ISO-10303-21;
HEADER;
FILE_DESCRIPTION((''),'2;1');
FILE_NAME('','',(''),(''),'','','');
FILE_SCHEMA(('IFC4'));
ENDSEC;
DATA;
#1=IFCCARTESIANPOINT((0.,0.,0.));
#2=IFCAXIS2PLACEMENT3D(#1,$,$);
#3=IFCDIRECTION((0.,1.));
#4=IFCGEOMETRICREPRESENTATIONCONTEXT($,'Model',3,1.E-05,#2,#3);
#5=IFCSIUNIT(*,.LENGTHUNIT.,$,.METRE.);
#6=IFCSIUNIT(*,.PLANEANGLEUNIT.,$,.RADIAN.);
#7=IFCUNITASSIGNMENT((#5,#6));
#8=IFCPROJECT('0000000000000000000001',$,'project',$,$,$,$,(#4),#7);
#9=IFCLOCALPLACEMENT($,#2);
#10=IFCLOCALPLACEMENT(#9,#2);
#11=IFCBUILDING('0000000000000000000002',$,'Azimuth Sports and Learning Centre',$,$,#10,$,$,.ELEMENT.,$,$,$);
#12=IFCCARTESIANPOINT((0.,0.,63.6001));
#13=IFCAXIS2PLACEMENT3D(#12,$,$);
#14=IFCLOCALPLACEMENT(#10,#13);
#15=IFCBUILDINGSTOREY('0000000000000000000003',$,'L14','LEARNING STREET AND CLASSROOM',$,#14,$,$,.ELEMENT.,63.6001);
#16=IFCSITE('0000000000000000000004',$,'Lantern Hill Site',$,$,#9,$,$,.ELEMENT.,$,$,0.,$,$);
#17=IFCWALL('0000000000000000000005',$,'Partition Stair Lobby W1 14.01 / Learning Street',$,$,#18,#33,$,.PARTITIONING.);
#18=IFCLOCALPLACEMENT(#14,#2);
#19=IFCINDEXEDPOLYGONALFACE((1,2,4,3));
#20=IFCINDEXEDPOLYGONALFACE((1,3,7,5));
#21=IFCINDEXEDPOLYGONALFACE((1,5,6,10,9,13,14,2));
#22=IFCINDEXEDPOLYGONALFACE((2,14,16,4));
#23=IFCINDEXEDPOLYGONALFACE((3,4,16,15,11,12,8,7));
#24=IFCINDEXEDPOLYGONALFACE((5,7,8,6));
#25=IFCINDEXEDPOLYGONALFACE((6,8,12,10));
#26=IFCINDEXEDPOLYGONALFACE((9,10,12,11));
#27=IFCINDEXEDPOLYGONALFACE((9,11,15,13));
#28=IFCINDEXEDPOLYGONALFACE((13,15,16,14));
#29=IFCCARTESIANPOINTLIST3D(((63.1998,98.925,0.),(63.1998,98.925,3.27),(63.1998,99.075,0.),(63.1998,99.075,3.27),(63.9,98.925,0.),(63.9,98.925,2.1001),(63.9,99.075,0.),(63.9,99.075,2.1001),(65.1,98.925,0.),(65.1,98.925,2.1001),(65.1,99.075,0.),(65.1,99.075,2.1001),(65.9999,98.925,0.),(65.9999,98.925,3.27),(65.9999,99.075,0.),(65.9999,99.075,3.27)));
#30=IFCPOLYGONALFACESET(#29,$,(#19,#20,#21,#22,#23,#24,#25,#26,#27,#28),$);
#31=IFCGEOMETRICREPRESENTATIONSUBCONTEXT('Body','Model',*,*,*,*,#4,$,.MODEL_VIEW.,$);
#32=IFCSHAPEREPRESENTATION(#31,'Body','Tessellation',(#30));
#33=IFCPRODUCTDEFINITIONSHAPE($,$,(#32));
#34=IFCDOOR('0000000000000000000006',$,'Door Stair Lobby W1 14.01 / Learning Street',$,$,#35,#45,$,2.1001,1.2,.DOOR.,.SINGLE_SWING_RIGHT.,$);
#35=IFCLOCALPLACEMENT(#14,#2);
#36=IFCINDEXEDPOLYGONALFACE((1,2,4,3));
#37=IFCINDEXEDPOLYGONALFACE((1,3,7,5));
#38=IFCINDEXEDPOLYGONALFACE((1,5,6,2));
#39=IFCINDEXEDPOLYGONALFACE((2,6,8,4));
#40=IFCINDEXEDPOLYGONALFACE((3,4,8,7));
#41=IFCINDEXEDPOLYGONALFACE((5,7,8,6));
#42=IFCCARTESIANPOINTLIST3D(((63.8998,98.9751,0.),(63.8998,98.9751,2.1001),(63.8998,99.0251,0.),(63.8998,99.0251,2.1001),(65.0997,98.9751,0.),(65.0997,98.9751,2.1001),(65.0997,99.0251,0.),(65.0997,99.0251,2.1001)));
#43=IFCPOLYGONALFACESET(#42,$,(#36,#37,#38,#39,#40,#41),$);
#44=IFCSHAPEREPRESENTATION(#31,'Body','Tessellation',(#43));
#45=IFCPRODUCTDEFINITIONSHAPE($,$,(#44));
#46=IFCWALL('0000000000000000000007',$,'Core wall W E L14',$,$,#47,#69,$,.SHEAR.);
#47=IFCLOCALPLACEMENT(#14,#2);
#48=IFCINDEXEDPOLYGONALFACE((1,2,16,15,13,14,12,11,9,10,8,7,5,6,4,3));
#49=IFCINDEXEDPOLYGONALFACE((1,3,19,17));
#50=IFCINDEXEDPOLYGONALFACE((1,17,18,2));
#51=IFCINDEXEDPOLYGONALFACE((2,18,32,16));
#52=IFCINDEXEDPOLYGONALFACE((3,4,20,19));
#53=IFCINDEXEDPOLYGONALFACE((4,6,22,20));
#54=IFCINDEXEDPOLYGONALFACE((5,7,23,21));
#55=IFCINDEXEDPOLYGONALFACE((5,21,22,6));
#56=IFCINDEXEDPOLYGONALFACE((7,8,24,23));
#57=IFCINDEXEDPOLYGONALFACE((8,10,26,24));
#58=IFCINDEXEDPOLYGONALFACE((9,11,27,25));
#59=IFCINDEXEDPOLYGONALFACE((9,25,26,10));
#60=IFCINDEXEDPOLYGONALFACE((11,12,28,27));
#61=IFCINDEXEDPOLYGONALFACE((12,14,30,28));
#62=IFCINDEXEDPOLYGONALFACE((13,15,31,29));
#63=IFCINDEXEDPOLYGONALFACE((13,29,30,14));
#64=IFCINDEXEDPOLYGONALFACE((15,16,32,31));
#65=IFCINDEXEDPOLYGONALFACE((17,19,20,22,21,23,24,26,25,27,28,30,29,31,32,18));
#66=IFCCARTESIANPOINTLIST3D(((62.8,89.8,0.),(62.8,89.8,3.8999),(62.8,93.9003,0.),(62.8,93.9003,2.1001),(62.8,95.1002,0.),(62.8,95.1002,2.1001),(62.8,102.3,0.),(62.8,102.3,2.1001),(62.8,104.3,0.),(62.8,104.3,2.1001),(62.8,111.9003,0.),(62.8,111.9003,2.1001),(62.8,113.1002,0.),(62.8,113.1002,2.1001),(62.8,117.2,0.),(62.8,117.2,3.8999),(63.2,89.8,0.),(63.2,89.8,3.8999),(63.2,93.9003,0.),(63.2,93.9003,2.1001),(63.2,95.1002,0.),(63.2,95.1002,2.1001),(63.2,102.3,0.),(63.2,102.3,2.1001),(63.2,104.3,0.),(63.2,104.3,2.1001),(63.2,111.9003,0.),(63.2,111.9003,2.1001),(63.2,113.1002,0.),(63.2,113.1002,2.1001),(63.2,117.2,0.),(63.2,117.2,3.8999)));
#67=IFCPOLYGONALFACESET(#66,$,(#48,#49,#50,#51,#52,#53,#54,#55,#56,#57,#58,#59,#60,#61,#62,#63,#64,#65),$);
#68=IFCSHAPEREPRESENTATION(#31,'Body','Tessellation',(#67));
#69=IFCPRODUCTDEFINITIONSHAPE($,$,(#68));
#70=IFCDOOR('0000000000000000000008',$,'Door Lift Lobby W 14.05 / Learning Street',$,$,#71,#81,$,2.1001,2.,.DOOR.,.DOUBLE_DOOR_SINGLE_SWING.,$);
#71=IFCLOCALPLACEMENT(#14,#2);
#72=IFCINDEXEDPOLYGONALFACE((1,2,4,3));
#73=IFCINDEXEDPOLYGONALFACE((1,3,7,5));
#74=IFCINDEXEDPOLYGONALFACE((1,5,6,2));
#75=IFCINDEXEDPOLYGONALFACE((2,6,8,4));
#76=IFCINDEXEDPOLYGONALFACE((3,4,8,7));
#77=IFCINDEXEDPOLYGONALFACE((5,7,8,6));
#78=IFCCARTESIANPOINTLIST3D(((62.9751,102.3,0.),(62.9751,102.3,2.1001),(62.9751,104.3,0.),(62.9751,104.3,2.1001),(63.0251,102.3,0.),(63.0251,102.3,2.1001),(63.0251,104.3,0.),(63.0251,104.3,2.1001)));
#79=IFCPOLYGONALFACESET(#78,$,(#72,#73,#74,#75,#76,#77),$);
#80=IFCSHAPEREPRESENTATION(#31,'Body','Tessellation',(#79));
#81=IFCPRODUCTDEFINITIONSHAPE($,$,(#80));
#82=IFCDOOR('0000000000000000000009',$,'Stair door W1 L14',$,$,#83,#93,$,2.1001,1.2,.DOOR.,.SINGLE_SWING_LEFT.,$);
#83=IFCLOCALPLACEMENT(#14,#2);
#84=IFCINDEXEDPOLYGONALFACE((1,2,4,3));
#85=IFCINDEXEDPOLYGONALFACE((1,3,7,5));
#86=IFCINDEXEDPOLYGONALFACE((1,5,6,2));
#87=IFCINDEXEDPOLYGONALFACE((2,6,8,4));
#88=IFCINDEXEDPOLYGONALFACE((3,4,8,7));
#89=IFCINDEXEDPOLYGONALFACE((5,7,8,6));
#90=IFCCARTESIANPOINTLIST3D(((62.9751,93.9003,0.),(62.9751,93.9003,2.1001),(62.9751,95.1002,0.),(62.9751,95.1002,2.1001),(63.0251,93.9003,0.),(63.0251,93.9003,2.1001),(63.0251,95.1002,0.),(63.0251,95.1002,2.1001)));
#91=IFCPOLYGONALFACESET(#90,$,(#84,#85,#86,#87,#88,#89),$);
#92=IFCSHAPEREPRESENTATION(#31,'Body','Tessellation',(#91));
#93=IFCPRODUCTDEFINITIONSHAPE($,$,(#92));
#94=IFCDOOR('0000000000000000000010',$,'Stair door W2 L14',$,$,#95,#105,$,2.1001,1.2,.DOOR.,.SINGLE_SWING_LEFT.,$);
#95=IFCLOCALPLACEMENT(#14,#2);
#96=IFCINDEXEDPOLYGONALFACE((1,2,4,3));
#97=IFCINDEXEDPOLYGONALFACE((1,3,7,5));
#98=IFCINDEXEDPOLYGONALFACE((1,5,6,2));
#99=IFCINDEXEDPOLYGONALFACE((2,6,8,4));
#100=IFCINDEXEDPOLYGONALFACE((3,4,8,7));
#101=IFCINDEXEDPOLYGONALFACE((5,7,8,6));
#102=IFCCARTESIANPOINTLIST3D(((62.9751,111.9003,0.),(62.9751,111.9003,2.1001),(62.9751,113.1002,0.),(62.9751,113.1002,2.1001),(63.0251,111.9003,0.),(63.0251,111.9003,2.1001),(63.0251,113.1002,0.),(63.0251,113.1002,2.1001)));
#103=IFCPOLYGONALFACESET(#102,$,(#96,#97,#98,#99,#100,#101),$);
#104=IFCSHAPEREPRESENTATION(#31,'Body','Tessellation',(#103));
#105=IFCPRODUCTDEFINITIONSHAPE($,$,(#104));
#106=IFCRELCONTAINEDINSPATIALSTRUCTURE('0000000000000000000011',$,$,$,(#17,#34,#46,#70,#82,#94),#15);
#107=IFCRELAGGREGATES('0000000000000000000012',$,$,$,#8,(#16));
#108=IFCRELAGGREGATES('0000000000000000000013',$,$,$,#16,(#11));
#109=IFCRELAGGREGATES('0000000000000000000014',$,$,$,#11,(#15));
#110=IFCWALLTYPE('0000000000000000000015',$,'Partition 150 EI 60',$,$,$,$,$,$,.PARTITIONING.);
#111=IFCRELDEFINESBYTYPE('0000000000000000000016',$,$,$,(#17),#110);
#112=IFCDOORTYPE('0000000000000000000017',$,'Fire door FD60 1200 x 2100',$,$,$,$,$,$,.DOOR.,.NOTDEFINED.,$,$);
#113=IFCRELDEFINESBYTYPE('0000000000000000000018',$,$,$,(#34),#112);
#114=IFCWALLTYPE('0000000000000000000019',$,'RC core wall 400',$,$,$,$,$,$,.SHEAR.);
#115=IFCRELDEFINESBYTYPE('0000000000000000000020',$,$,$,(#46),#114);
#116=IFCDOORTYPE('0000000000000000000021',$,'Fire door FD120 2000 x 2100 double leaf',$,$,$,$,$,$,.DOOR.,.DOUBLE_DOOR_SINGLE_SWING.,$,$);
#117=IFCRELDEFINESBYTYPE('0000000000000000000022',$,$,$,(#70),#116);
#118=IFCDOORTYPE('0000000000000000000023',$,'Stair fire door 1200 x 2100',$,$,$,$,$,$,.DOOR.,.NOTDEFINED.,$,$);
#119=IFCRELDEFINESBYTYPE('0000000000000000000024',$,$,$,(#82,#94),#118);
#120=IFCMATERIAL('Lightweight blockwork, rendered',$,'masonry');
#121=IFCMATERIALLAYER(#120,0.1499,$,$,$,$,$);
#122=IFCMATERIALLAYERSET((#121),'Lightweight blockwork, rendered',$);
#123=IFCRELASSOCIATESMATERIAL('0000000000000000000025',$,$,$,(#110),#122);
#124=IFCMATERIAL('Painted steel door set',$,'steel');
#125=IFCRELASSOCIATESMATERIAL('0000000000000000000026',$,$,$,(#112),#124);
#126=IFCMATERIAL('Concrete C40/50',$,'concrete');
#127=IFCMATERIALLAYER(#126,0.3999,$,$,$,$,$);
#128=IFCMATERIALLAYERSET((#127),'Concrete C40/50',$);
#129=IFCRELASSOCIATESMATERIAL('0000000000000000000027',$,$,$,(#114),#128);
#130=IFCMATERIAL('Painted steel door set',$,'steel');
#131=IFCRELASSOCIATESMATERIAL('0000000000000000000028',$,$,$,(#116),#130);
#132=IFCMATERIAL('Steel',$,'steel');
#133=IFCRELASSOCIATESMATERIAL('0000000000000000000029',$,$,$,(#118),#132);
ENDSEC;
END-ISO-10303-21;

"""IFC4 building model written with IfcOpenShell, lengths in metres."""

from ifc_helpers import new_model, si_unit, direction, frame, frame_2d, origin, place, context, subcontext, project, spatial, rectangle, extrude, material, layer, layer_set, type_object, element, fill, save


model = new_model("IFC4")

# Units and contexts
model_context = context("Model", 3, precision=1e-05, world=origin(), true_north=direction((0.0, 1.0)))
body_context = subcontext(model_context, "Body", "Model", "MODEL_VIEW")
ifc_project = project(units=[si_unit("LENGTHUNIT", "METRE"), si_unit("PLANEANGLEUNIT", "RADIAN")], contexts=[model_context])

# Site, building, storey
site_placement = place(None, origin())
site = spatial("IfcSite", under=ifc_project, at=site_placement, Name="Lantern Hill Site", CompositionType="ELEMENT", RefElevation=0.0)
building_placement = place(site_placement, origin())
building = spatial("IfcBuilding", under=site, at=building_placement, Name="Azimuth Sports and Learning Centre", CompositionType="ELEMENT")
storey_placement = place(building_placement, frame((0.0, 0.0, 63.6001)))
storey = spatial("IfcBuildingStorey", under=building, at=storey_placement, Name="L14", Description="LEARNING STREET AND CLASSROOM", CompositionType="ELEMENT", Elevation=63.6001)

# Wall, opening, door
ifc_material_1 = material(Name="Lightweight blockwork, rendered", Category="masonry")
ifc_layer_1 = layer(ifc_material_1, 0.1499)
ifc_layer_set_1 = layer_set([ifc_layer_1], Name="Lightweight blockwork, rendered")
wall_type_1 = type_object("IfcWallType", Name="Partition 150 EI 60", PredefinedType="PARTITIONING", material=ifc_layer_set_1)
wall_1_placement = place(storey_placement, frame((63.2, 99.0, 0.0), z_axis=(0.0, 0.0, 1.0), x_axis=(1.0, 0.0, 0.0)))
wall_1 = element("IfcWall", 1, at=wall_1_placement, inside=storey, type_object=wall_type_1, Name="Partition Stair Lobby W1 14.01 / Learning Street", PredefinedType="PARTITIONING", context=body_context, shape_type="SweptSolid", body=[
    extrude(rectangle(XDim=2.8, YDim=0.1499, at=frame_2d((1.3999, 0.0))), origin(), (0.0, 0.0, 1.0), 3.27),
])
opening_1_placement = place(wall_1_placement, frame((0.7, 0.0, 0.0)))
opening_1 = element("IfcOpeningElement", 2, at=opening_1_placement, cuts=wall_1, PredefinedType="OPENING", context=body_context, shape_type="SweptSolid", body=[
    extrude(rectangle(XDim=1.2, YDim=2.1001, at=frame_2d((0.6001, 1.05))), frame((0.0, 0.0859, 0.0), z_axis=(0.0, -1.0, 0.0), x_axis=(1.0, 0.0, 0.0)), (0.0, 0.0, 1.0), 0.1719),
])
ifc_material_2 = material(Name="Painted steel door set", Category="steel")
door_type_1 = type_object("IfcDoorType", Name="Fire door FD60 1200 x 2100", OperationType="NOTDEFINED", PredefinedType="DOOR", material=ifc_material_2)
door_1_placement = place(opening_1_placement, frame((1.2, 0.0, 0.0), z_axis=(0.0, 0.0, 1.0), x_axis=(-1.0, 0.0, 0.0)))
door_1 = element("IfcDoor", 3, at=door_1_placement, inside=storey, type_object=door_type_1, Name="Door Stair Lobby W1 14.01 / Learning Street", OperationType="SINGLE_SWING_RIGHT", OverallHeight=2.1001, OverallWidth=1.2, PredefinedType="DOOR", context=body_context, shape_type="SweptSolid", body=[
    extrude(rectangle(XDim=1.2, YDim=2.1001, at=frame_2d((0.6001, 1.05))), frame((0.0, 0.0249, 0.0), z_axis=(0.0, -1.0, 0.0), x_axis=(1.0, 0.0, 0.0)), (0.0, 0.0, 1.0), 0.05),
])
fill(opening_1, door_1)

# Wall, openings, doors
ifc_material_3 = material(Name="Concrete C40/50", Category="concrete")
ifc_layer_2 = layer(ifc_material_3, 0.3999)
ifc_layer_set_2 = layer_set([ifc_layer_2], Name="Concrete C40/50")
wall_type_2 = type_object("IfcWallType", Name="RC core wall 400", PredefinedType="SHEAR", material=ifc_layer_set_2)
wall_2_placement = place(storey_placement, frame((63.0, 89.8, 0.0), z_axis=(0.0, 0.0, 1.0), x_axis=(0.0, 1.0, 0.0)))
wall_2 = element("IfcWall", 4, at=wall_2_placement, inside=storey, type_object=wall_type_2, Name="Core wall W E L14", PredefinedType="SHEAR", context=body_context, shape_type="SweptSolid", body=[
    extrude(rectangle(XDim=27.3999, YDim=0.3999, at=frame_2d((13.7, 0.0))), origin(), (0.0, 0.0, 1.0), 3.8999),
])
opening_2_placement = place(wall_2_placement, frame((4.1001, 0.0, 0.0)))
opening_2 = element("IfcOpeningElement", 5, at=opening_2_placement, cuts=wall_2, PredefinedType="OPENING", context=body_context, shape_type="SweptSolid", body=[
    extrude(rectangle(XDim=1.2, YDim=2.1001, at=frame_2d((0.6001, 1.05))), frame((0.0, 0.2109, 0.0), z_axis=(0.0, -1.0, 0.0), x_axis=(1.0, 0.0, 0.0)), (0.0, 0.0, 1.0), 0.4219),
])
opening_3_placement = place(wall_2_placement, frame((22.1001, 0.0, 0.0)))
opening_3 = element("IfcOpeningElement", 6, at=opening_3_placement, cuts=wall_2, PredefinedType="OPENING", context=body_context, shape_type="SweptSolid", body=[
    extrude(rectangle(XDim=1.2, YDim=2.1001, at=frame_2d((0.6001, 1.05))), frame((0.0, 0.2109, 0.0), z_axis=(0.0, -1.0, 0.0), x_axis=(1.0, 0.0, 0.0)), (0.0, 0.0, 1.0), 0.4219),
])
opening_4_placement = place(wall_2_placement, frame((12.5, 0.0, 0.0)))
opening_4 = element("IfcOpeningElement", 7, at=opening_4_placement, cuts=wall_2, PredefinedType="OPENING", context=body_context, shape_type="SweptSolid", body=[
    extrude(rectangle(XDim=2.0, YDim=2.1001, at=frame_2d((1.0, 1.05))), frame((0.0, 0.2109, 0.0), z_axis=(0.0, -1.0, 0.0), x_axis=(1.0, 0.0, 0.0)), (0.0, 0.0, 1.0), 0.4219),
])
ifc_material_4 = material(Name="Painted steel door set", Category="steel")
door_type_2 = type_object("IfcDoorType", Name="Fire door FD120 2000 x 2100 double leaf", OperationType="DOUBLE_DOOR_SINGLE_SWING", PredefinedType="DOOR", material=ifc_material_4)
door_2_placement = place(opening_4_placement, origin())
door_2 = element("IfcDoor", 8, at=door_2_placement, inside=storey, type_object=door_type_2, Name="Door Lift Lobby W 14.05 / Learning Street", OperationType="DOUBLE_DOOR_SINGLE_SWING", OverallHeight=2.1001, OverallWidth=2.0, PredefinedType="DOOR", context=body_context, shape_type="SweptSolid", body=[
    extrude(rectangle(XDim=2.0, YDim=2.1001, at=frame_2d((1.0, 1.05))), frame((0.0, 0.0249, 0.0), z_axis=(0.0, -1.0, 0.0), x_axis=(1.0, 0.0, 0.0)), (0.0, 0.0, 1.0), 0.05),
])
fill(opening_4, door_2)
ifc_material_5 = material(Name="Steel", Category="steel")
door_type_3 = type_object("IfcDoorType", Name="Stair fire door 1200 x 2100", OperationType="NOTDEFINED", PredefinedType="DOOR", material=ifc_material_5)
door_3_placement = place(opening_2_placement, origin())
door_3 = element("IfcDoor", 9, at=door_3_placement, inside=storey, type_object=door_type_3, Name="Stair door W1 L14", OperationType="SINGLE_SWING_LEFT", OverallHeight=2.1001, OverallWidth=1.2, PredefinedType="DOOR", context=body_context, shape_type="SweptSolid", body=[
    extrude(rectangle(XDim=1.2, YDim=2.1001, at=frame_2d((0.6001, 1.05))), frame((0.0, 0.0249, 0.0), z_axis=(0.0, -1.0, 0.0), x_axis=(1.0, 0.0, 0.0)), (0.0, 0.0, 1.0), 0.05),
])
fill(opening_2, door_3)
door_4_placement = place(opening_3_placement, origin())
door_4 = element("IfcDoor", 10, at=door_4_placement, inside=storey, type_object=door_type_3, Name="Stair door W2 L14", OperationType="SINGLE_SWING_LEFT", OverallHeight=2.1001, OverallWidth=1.2, PredefinedType="DOOR", context=body_context, shape_type="SweptSolid", body=[
    extrude(rectangle(XDim=1.2, YDim=2.1001, at=frame_2d((0.6001, 1.05))), frame((0.0, 0.0249, 0.0), z_axis=(0.0, -1.0, 0.0), x_axis=(1.0, 0.0, 0.0)), (0.0, 0.0, 1.0), 0.05),
])
fill(opening_3, door_4)

save(model, "model.ifc")
